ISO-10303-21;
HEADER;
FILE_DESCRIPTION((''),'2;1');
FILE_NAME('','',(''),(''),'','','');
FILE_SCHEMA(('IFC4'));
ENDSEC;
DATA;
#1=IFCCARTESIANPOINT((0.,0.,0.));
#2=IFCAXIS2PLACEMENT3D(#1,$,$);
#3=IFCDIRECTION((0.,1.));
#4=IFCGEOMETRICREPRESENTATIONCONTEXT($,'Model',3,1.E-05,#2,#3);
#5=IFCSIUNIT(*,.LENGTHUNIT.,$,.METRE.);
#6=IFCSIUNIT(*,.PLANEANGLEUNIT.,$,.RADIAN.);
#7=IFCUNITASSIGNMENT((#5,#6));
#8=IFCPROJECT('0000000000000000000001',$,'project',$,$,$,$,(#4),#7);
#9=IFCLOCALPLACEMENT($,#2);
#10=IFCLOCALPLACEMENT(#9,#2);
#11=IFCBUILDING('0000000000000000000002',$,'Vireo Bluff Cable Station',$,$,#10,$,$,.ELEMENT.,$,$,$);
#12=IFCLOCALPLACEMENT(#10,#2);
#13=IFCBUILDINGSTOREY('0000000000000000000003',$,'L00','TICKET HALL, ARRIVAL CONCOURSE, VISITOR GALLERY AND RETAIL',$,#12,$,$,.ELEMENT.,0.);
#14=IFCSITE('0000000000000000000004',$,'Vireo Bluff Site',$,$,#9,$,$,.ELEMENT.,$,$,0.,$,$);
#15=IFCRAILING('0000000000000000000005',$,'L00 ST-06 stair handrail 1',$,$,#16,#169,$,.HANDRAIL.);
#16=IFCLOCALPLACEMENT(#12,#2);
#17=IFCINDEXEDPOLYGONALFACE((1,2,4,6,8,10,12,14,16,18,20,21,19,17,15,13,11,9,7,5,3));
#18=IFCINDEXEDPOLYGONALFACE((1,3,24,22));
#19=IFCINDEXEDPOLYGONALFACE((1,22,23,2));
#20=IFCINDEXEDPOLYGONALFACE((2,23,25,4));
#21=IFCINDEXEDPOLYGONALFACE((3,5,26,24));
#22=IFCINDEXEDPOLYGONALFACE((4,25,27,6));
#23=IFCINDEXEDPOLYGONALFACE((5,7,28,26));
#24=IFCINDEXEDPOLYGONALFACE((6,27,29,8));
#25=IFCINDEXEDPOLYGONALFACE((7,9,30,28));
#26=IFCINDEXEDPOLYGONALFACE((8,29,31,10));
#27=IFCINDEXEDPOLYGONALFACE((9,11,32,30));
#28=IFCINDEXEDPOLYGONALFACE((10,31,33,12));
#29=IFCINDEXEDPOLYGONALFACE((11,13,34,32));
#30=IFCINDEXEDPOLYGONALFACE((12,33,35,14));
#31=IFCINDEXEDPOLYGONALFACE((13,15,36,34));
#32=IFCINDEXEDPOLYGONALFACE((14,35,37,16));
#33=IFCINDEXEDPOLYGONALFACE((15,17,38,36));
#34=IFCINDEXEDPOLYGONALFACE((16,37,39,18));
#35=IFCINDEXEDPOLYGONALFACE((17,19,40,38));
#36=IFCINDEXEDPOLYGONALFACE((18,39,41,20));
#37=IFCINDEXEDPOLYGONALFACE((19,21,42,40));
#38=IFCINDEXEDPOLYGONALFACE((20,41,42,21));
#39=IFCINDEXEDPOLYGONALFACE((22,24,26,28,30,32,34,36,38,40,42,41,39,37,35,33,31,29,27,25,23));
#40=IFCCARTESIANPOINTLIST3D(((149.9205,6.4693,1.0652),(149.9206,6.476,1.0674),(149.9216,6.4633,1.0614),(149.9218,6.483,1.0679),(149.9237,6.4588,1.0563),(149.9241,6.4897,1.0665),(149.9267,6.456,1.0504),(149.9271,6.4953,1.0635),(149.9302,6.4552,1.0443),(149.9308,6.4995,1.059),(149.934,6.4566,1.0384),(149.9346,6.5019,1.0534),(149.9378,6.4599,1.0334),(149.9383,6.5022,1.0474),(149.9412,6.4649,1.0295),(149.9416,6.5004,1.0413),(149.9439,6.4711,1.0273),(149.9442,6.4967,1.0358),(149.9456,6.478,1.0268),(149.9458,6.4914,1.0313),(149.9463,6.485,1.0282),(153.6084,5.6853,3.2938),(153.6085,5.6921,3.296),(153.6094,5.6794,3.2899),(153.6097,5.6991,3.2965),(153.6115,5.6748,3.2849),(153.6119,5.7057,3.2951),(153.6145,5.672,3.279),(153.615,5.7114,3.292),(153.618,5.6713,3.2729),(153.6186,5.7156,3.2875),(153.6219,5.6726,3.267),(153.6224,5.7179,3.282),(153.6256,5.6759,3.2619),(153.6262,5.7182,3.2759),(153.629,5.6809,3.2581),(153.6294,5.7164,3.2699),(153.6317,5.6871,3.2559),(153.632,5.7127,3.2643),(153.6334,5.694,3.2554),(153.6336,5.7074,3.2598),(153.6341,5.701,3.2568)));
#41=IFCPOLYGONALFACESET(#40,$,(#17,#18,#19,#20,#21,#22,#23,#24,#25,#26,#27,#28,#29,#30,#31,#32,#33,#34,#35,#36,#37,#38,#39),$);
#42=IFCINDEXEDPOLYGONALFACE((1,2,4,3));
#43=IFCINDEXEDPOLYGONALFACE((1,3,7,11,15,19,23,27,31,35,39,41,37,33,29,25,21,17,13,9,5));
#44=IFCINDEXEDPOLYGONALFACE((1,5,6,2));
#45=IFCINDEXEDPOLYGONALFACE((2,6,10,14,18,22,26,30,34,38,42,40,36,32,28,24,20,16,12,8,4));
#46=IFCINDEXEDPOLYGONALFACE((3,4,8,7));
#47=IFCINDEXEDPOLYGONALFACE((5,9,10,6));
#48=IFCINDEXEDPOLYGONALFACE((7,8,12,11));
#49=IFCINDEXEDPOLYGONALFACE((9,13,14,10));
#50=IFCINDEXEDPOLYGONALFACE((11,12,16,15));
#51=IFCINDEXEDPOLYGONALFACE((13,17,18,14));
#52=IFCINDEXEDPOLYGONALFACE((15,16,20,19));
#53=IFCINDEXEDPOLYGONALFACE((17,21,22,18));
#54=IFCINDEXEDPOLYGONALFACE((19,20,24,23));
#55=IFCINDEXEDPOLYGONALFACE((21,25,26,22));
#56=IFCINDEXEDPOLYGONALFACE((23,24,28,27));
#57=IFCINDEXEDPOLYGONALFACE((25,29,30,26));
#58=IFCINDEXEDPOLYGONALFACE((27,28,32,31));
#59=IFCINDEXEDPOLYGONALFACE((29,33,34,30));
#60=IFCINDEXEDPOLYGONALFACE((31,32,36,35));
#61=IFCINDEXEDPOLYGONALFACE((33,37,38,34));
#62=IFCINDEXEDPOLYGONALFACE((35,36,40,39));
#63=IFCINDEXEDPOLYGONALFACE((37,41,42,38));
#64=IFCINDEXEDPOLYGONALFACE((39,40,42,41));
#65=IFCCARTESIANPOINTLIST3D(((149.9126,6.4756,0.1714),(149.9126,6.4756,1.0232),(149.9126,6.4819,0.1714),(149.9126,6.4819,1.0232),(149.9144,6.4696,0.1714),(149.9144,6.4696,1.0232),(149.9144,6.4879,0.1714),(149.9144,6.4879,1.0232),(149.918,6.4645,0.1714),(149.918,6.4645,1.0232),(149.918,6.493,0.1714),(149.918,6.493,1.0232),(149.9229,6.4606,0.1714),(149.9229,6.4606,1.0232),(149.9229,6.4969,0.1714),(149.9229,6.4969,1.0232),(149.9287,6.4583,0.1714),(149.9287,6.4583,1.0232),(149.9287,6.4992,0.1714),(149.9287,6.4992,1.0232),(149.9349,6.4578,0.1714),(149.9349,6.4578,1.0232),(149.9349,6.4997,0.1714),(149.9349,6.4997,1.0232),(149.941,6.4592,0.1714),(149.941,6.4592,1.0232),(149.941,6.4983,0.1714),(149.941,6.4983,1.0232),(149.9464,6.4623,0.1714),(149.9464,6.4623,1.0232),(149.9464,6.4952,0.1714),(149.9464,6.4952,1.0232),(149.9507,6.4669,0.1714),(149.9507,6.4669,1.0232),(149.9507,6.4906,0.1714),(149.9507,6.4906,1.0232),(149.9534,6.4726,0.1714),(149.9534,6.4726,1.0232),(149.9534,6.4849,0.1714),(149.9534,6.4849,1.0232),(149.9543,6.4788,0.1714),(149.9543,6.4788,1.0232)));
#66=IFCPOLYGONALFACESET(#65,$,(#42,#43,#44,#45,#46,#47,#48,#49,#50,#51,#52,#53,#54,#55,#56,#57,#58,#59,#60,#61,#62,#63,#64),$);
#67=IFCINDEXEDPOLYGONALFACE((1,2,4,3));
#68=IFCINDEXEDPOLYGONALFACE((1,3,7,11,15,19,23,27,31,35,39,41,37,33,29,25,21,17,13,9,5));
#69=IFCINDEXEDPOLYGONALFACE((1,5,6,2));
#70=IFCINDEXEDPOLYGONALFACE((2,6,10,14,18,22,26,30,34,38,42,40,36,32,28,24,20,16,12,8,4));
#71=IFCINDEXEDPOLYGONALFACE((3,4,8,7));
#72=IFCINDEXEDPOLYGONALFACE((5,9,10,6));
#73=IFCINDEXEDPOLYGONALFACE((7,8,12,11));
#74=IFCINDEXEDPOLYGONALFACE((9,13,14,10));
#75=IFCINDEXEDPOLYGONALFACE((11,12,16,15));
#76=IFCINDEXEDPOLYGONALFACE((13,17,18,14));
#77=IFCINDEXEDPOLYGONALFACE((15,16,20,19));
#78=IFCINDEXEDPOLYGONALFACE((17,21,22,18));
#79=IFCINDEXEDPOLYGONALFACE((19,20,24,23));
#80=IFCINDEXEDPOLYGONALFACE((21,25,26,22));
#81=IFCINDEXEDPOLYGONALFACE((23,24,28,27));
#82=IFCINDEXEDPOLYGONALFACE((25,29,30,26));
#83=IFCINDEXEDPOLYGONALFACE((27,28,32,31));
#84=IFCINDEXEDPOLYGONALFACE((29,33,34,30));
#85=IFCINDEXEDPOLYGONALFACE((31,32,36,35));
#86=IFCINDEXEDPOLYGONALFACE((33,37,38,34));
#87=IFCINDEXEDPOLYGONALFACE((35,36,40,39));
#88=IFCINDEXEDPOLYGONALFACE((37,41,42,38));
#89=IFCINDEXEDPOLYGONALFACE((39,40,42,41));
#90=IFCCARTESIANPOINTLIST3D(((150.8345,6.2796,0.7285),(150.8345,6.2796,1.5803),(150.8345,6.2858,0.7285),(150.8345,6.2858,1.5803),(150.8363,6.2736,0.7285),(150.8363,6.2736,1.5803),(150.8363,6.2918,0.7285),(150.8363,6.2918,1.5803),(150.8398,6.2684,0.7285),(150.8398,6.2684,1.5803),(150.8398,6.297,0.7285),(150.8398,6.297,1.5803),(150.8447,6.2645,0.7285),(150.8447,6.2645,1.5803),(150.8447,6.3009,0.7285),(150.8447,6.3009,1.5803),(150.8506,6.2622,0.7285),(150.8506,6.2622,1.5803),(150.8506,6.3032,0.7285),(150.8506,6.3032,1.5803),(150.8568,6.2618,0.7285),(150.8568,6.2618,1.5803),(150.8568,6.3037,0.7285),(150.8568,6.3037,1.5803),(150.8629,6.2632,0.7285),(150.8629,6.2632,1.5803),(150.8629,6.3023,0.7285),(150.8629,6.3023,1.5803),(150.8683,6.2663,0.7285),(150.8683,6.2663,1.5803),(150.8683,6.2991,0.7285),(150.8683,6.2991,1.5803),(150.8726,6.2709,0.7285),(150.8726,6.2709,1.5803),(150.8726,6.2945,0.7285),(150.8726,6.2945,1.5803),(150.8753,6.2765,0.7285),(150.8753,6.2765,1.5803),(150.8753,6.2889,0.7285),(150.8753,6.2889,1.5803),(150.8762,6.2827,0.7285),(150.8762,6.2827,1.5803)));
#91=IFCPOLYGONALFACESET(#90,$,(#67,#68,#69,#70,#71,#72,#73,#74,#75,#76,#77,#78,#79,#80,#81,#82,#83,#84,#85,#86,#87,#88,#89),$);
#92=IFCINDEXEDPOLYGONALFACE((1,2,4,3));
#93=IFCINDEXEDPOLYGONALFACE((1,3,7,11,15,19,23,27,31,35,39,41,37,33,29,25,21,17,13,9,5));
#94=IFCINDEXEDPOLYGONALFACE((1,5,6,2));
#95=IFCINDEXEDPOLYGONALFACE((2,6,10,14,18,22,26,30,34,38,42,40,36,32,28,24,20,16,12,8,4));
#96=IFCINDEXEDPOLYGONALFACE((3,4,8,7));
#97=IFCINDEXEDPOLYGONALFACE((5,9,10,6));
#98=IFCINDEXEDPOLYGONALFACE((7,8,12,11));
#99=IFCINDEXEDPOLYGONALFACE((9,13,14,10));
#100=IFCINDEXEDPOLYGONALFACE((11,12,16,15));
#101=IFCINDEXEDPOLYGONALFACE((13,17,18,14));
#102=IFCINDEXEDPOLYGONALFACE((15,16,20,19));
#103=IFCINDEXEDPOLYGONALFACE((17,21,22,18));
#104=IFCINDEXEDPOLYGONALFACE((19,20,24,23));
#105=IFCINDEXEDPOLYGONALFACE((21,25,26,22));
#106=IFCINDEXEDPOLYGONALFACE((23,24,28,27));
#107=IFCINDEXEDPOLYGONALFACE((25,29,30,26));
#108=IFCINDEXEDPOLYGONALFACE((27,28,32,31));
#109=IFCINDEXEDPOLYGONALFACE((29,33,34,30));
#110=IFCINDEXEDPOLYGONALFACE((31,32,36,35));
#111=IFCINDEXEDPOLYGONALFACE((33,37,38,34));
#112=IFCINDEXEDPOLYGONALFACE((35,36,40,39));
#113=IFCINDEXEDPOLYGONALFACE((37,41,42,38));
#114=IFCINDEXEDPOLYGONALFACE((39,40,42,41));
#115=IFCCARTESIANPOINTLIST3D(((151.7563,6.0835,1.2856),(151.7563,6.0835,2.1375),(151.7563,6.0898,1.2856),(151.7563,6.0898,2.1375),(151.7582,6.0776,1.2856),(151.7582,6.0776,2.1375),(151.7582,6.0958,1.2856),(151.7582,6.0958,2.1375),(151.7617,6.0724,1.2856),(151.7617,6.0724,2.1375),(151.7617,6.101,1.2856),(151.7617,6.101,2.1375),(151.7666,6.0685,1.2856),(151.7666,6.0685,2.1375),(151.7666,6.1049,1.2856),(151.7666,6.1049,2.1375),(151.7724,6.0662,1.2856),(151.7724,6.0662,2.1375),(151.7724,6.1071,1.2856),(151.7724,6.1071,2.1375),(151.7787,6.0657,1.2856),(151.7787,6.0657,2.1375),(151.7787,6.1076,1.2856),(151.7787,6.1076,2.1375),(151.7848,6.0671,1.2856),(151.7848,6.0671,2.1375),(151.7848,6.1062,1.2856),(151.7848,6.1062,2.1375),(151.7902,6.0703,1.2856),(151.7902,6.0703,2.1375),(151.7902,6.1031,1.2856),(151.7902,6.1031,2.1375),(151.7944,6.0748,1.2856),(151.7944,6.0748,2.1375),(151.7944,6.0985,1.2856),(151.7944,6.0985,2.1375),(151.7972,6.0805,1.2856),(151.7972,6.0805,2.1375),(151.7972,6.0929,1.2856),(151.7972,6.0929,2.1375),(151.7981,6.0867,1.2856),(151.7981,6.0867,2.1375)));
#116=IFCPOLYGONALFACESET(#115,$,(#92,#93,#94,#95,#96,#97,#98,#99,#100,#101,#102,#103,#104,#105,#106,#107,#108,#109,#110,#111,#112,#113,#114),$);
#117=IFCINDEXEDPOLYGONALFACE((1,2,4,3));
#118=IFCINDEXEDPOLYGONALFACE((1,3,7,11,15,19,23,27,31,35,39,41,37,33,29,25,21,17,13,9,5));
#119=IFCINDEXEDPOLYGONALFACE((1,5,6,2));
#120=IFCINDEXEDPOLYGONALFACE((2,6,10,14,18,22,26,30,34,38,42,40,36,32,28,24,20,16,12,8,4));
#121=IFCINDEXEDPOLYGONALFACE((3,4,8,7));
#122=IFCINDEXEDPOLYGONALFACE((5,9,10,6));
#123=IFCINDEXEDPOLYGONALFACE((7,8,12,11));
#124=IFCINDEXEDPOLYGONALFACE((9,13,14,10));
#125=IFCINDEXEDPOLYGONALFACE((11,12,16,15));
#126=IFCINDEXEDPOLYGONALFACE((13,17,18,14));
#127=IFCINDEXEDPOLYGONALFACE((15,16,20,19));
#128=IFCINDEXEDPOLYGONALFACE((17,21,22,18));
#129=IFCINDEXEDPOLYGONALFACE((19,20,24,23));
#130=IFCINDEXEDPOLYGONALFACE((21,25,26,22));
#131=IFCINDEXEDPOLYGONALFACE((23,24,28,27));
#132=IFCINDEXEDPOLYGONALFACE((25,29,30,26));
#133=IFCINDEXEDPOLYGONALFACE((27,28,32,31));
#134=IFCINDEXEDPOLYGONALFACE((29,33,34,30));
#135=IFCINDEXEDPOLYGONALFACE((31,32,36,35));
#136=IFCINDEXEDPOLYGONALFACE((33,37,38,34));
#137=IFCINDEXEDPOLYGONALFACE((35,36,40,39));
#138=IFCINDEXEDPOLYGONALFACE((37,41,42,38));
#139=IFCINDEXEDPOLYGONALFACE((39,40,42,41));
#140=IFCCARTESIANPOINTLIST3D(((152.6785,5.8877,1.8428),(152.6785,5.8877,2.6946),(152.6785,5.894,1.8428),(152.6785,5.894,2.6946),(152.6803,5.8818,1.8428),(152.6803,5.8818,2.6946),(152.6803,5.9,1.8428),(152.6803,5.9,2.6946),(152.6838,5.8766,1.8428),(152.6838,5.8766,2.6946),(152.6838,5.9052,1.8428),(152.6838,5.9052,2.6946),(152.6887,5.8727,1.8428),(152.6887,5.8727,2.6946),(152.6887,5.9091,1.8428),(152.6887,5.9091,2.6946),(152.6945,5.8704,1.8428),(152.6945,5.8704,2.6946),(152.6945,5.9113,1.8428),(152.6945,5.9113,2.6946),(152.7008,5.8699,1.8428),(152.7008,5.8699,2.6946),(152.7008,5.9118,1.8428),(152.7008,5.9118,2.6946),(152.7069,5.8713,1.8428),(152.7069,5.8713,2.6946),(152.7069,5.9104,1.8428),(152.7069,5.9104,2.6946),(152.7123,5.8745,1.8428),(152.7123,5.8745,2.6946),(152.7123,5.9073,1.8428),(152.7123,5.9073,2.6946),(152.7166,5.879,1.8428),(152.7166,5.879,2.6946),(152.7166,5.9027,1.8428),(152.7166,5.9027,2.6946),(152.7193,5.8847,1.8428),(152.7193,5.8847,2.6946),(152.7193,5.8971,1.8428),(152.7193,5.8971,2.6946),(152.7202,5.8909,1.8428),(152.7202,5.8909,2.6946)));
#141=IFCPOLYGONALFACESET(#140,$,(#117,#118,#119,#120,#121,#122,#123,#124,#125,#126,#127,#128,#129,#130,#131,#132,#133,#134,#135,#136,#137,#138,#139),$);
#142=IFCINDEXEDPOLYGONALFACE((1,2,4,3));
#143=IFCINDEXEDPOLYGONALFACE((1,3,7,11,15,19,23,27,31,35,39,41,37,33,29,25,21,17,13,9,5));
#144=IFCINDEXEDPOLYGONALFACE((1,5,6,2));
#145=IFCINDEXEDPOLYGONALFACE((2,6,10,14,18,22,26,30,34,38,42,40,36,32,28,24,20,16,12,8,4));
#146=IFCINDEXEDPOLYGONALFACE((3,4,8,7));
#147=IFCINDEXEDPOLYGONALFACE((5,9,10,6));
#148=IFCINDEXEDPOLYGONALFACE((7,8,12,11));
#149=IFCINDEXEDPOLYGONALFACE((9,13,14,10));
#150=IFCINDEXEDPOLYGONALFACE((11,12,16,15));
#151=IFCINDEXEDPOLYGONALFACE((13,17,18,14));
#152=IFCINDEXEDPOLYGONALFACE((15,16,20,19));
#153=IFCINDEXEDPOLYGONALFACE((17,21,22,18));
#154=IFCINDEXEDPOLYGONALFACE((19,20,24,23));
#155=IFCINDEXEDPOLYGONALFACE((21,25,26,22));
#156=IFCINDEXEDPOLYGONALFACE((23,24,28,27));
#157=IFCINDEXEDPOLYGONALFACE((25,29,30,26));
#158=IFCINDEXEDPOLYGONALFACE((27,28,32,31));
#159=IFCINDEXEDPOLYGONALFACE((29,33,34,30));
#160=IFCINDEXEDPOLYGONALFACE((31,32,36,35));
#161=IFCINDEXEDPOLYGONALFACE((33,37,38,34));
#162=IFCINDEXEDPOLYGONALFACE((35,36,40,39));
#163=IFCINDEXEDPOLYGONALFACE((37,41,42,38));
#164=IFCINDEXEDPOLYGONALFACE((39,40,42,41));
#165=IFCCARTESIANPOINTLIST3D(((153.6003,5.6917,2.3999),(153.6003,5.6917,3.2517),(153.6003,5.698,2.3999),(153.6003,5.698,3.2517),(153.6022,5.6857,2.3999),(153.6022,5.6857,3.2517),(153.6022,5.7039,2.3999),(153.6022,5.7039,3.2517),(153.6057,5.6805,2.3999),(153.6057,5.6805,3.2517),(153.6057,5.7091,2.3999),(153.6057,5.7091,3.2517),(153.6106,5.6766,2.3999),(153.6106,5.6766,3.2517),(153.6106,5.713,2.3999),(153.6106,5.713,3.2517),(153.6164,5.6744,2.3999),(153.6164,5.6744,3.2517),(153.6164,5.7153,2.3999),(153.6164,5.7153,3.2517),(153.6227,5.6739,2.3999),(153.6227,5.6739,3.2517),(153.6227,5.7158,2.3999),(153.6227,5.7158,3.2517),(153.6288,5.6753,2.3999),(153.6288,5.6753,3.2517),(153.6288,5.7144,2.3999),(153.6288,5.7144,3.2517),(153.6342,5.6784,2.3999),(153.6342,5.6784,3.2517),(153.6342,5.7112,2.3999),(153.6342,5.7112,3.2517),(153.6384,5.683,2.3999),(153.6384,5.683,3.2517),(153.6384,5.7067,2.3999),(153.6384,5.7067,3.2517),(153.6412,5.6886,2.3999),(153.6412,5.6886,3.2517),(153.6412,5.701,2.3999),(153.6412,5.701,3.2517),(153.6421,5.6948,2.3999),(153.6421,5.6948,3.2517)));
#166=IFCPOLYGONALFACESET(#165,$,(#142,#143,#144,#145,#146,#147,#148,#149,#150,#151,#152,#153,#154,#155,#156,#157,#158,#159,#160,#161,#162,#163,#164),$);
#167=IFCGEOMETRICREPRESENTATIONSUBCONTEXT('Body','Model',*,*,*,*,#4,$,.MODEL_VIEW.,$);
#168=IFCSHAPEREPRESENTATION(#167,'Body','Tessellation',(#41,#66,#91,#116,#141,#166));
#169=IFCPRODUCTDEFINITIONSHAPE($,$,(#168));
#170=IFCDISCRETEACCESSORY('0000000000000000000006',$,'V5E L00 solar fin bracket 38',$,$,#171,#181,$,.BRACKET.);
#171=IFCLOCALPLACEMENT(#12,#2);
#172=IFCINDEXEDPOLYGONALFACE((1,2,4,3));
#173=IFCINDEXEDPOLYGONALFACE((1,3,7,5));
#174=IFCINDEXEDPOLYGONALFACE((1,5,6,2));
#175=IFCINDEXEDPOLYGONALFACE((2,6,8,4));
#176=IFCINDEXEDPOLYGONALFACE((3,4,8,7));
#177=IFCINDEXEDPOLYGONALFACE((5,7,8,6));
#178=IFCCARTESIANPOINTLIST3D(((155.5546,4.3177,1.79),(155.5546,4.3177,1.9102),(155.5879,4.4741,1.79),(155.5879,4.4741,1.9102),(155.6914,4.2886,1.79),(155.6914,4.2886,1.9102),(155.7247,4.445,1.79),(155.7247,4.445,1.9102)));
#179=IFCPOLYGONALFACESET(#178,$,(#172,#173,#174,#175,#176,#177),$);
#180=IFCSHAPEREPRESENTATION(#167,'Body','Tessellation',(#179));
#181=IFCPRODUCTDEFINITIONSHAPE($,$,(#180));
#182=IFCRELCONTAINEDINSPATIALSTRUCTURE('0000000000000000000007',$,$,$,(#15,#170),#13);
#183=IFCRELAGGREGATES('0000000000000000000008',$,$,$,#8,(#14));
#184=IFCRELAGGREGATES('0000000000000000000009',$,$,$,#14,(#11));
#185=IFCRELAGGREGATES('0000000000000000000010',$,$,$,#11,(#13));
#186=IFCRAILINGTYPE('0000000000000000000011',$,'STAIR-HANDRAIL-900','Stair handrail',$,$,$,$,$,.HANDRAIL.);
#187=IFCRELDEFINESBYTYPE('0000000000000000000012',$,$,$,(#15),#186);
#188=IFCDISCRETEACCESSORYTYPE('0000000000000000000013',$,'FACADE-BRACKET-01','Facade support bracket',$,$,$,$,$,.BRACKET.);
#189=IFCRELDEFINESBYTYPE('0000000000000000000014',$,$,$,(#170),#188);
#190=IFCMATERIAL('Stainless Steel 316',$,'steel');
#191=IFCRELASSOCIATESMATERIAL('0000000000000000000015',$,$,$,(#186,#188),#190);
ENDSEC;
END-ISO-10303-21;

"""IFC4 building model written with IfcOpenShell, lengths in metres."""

from ifc_helpers import new_model, si_unit, direction, frame, origin, origin_2d, place, context, subcontext, project, spatial, rectangle, circle, extrude, material, type_object, element, save


model = new_model("IFC4")

# Units and contexts
model_context = context("Model", 3, precision=1e-05, world=origin(), true_north=direction((0.0, 1.0)))
body_context = subcontext(model_context, "Body", "Model", "MODEL_VIEW")
ifc_project = project(units=[si_unit("LENGTHUNIT", "METRE"), si_unit("PLANEANGLEUNIT", "RADIAN")], contexts=[model_context])

# Site, building, storey
site_placement = place(None, origin())
site = spatial("IfcSite", under=ifc_project, at=site_placement, Name="Vireo Bluff Site", CompositionType="ELEMENT", RefElevation=0.0)
building_placement = place(site_placement, origin())
building = spatial("IfcBuilding", under=site, at=building_placement, Name="Vireo Bluff Cable Station", CompositionType="ELEMENT")
storey_placement = place(building_placement, origin())
storey = spatial("IfcBuildingStorey", under=building, at=storey_placement, Name="L00", Description="TICKET HALL, ARRIVAL CONCOURSE, VISITOR GALLERY AND RETAIL", CompositionType="ELEMENT", Elevation=0.0)

# Railing
ifc_material_1 = material(Name="Stainless Steel 316", Category="steel")
railing_type_1 = type_object("IfcRailingType", Name="STAIR-HANDRAIL-900", Description="Stair handrail", PredefinedType="HANDRAIL", material=ifc_material_1)
railing_1_placement = place(storey_placement, frame((149.9333, 6.4788, 0.1714)))
element("IfcRailing", 1, at=railing_1_placement, inside=storey, type_object=railing_type_1, Name="L00 ST-06 stair handrail 1", PredefinedType="HANDRAIL", context=body_context, shape_type="SweptSolid", body=[
    extrude(circle(Radius=0.0239, at=origin_2d()), frame((0.0, 0.0, 0.876), z_axis=(0.842041, -0.179, 0.508848), x_axis=(0.207932, 0.978143, 0.0)), (0.0, 0.0, 1.0), 4.3796),
    extrude(circle(Radius=0.021, at=origin_2d()), origin(), (0.0, 0.0, 1.0), 0.8518),
    extrude(circle(Radius=0.021, at=origin_2d()), frame((0.9219, -0.196, 0.5571)), (0.0, 0.0, 1.0), 0.8518),
    extrude(circle(Radius=0.021, at=origin_2d()), frame((1.8438, -0.3921, 1.1143)), (0.0, 0.0, 1.0), 0.8518),
    extrude(circle(Radius=0.021, at=origin_2d()), frame((2.7659, -0.5879, 1.6714)), (0.0, 0.0, 1.0), 0.8518),
    extrude(circle(Radius=0.021, at=origin_2d()), frame((3.6877, -0.7839, 2.2285)), (0.0, 0.0, 1.0), 0.8518),
])

# Discrete accessory
discrete_accessory_type = type_object("IfcDiscreteAccessoryType", Name="FACADE-BRACKET-01", Description="Facade support bracket", PredefinedType="BRACKET", material=ifc_material_1)
discrete_accessory_placement = place(storey_placement, frame((155.6396, 4.3813, 1.79), z_axis=(0.0, 0.0, 1.0), x_axis=(-0.978148, 0.207912, 0.0)))
element("IfcDiscreteAccessory", 2, at=discrete_accessory_placement, inside=storey, type_object=discrete_accessory_type, Name="V5E L00 solar fin bracket 38", PredefinedType="BRACKET", context=body_context, shape_type="SweptSolid", body=[
    extrude(rectangle(XDim=0.1399, YDim=0.1599, at=origin_2d()), origin(), (0.0, 0.0, 1.0), 0.1201),
])

save(model, "model.ifc")
